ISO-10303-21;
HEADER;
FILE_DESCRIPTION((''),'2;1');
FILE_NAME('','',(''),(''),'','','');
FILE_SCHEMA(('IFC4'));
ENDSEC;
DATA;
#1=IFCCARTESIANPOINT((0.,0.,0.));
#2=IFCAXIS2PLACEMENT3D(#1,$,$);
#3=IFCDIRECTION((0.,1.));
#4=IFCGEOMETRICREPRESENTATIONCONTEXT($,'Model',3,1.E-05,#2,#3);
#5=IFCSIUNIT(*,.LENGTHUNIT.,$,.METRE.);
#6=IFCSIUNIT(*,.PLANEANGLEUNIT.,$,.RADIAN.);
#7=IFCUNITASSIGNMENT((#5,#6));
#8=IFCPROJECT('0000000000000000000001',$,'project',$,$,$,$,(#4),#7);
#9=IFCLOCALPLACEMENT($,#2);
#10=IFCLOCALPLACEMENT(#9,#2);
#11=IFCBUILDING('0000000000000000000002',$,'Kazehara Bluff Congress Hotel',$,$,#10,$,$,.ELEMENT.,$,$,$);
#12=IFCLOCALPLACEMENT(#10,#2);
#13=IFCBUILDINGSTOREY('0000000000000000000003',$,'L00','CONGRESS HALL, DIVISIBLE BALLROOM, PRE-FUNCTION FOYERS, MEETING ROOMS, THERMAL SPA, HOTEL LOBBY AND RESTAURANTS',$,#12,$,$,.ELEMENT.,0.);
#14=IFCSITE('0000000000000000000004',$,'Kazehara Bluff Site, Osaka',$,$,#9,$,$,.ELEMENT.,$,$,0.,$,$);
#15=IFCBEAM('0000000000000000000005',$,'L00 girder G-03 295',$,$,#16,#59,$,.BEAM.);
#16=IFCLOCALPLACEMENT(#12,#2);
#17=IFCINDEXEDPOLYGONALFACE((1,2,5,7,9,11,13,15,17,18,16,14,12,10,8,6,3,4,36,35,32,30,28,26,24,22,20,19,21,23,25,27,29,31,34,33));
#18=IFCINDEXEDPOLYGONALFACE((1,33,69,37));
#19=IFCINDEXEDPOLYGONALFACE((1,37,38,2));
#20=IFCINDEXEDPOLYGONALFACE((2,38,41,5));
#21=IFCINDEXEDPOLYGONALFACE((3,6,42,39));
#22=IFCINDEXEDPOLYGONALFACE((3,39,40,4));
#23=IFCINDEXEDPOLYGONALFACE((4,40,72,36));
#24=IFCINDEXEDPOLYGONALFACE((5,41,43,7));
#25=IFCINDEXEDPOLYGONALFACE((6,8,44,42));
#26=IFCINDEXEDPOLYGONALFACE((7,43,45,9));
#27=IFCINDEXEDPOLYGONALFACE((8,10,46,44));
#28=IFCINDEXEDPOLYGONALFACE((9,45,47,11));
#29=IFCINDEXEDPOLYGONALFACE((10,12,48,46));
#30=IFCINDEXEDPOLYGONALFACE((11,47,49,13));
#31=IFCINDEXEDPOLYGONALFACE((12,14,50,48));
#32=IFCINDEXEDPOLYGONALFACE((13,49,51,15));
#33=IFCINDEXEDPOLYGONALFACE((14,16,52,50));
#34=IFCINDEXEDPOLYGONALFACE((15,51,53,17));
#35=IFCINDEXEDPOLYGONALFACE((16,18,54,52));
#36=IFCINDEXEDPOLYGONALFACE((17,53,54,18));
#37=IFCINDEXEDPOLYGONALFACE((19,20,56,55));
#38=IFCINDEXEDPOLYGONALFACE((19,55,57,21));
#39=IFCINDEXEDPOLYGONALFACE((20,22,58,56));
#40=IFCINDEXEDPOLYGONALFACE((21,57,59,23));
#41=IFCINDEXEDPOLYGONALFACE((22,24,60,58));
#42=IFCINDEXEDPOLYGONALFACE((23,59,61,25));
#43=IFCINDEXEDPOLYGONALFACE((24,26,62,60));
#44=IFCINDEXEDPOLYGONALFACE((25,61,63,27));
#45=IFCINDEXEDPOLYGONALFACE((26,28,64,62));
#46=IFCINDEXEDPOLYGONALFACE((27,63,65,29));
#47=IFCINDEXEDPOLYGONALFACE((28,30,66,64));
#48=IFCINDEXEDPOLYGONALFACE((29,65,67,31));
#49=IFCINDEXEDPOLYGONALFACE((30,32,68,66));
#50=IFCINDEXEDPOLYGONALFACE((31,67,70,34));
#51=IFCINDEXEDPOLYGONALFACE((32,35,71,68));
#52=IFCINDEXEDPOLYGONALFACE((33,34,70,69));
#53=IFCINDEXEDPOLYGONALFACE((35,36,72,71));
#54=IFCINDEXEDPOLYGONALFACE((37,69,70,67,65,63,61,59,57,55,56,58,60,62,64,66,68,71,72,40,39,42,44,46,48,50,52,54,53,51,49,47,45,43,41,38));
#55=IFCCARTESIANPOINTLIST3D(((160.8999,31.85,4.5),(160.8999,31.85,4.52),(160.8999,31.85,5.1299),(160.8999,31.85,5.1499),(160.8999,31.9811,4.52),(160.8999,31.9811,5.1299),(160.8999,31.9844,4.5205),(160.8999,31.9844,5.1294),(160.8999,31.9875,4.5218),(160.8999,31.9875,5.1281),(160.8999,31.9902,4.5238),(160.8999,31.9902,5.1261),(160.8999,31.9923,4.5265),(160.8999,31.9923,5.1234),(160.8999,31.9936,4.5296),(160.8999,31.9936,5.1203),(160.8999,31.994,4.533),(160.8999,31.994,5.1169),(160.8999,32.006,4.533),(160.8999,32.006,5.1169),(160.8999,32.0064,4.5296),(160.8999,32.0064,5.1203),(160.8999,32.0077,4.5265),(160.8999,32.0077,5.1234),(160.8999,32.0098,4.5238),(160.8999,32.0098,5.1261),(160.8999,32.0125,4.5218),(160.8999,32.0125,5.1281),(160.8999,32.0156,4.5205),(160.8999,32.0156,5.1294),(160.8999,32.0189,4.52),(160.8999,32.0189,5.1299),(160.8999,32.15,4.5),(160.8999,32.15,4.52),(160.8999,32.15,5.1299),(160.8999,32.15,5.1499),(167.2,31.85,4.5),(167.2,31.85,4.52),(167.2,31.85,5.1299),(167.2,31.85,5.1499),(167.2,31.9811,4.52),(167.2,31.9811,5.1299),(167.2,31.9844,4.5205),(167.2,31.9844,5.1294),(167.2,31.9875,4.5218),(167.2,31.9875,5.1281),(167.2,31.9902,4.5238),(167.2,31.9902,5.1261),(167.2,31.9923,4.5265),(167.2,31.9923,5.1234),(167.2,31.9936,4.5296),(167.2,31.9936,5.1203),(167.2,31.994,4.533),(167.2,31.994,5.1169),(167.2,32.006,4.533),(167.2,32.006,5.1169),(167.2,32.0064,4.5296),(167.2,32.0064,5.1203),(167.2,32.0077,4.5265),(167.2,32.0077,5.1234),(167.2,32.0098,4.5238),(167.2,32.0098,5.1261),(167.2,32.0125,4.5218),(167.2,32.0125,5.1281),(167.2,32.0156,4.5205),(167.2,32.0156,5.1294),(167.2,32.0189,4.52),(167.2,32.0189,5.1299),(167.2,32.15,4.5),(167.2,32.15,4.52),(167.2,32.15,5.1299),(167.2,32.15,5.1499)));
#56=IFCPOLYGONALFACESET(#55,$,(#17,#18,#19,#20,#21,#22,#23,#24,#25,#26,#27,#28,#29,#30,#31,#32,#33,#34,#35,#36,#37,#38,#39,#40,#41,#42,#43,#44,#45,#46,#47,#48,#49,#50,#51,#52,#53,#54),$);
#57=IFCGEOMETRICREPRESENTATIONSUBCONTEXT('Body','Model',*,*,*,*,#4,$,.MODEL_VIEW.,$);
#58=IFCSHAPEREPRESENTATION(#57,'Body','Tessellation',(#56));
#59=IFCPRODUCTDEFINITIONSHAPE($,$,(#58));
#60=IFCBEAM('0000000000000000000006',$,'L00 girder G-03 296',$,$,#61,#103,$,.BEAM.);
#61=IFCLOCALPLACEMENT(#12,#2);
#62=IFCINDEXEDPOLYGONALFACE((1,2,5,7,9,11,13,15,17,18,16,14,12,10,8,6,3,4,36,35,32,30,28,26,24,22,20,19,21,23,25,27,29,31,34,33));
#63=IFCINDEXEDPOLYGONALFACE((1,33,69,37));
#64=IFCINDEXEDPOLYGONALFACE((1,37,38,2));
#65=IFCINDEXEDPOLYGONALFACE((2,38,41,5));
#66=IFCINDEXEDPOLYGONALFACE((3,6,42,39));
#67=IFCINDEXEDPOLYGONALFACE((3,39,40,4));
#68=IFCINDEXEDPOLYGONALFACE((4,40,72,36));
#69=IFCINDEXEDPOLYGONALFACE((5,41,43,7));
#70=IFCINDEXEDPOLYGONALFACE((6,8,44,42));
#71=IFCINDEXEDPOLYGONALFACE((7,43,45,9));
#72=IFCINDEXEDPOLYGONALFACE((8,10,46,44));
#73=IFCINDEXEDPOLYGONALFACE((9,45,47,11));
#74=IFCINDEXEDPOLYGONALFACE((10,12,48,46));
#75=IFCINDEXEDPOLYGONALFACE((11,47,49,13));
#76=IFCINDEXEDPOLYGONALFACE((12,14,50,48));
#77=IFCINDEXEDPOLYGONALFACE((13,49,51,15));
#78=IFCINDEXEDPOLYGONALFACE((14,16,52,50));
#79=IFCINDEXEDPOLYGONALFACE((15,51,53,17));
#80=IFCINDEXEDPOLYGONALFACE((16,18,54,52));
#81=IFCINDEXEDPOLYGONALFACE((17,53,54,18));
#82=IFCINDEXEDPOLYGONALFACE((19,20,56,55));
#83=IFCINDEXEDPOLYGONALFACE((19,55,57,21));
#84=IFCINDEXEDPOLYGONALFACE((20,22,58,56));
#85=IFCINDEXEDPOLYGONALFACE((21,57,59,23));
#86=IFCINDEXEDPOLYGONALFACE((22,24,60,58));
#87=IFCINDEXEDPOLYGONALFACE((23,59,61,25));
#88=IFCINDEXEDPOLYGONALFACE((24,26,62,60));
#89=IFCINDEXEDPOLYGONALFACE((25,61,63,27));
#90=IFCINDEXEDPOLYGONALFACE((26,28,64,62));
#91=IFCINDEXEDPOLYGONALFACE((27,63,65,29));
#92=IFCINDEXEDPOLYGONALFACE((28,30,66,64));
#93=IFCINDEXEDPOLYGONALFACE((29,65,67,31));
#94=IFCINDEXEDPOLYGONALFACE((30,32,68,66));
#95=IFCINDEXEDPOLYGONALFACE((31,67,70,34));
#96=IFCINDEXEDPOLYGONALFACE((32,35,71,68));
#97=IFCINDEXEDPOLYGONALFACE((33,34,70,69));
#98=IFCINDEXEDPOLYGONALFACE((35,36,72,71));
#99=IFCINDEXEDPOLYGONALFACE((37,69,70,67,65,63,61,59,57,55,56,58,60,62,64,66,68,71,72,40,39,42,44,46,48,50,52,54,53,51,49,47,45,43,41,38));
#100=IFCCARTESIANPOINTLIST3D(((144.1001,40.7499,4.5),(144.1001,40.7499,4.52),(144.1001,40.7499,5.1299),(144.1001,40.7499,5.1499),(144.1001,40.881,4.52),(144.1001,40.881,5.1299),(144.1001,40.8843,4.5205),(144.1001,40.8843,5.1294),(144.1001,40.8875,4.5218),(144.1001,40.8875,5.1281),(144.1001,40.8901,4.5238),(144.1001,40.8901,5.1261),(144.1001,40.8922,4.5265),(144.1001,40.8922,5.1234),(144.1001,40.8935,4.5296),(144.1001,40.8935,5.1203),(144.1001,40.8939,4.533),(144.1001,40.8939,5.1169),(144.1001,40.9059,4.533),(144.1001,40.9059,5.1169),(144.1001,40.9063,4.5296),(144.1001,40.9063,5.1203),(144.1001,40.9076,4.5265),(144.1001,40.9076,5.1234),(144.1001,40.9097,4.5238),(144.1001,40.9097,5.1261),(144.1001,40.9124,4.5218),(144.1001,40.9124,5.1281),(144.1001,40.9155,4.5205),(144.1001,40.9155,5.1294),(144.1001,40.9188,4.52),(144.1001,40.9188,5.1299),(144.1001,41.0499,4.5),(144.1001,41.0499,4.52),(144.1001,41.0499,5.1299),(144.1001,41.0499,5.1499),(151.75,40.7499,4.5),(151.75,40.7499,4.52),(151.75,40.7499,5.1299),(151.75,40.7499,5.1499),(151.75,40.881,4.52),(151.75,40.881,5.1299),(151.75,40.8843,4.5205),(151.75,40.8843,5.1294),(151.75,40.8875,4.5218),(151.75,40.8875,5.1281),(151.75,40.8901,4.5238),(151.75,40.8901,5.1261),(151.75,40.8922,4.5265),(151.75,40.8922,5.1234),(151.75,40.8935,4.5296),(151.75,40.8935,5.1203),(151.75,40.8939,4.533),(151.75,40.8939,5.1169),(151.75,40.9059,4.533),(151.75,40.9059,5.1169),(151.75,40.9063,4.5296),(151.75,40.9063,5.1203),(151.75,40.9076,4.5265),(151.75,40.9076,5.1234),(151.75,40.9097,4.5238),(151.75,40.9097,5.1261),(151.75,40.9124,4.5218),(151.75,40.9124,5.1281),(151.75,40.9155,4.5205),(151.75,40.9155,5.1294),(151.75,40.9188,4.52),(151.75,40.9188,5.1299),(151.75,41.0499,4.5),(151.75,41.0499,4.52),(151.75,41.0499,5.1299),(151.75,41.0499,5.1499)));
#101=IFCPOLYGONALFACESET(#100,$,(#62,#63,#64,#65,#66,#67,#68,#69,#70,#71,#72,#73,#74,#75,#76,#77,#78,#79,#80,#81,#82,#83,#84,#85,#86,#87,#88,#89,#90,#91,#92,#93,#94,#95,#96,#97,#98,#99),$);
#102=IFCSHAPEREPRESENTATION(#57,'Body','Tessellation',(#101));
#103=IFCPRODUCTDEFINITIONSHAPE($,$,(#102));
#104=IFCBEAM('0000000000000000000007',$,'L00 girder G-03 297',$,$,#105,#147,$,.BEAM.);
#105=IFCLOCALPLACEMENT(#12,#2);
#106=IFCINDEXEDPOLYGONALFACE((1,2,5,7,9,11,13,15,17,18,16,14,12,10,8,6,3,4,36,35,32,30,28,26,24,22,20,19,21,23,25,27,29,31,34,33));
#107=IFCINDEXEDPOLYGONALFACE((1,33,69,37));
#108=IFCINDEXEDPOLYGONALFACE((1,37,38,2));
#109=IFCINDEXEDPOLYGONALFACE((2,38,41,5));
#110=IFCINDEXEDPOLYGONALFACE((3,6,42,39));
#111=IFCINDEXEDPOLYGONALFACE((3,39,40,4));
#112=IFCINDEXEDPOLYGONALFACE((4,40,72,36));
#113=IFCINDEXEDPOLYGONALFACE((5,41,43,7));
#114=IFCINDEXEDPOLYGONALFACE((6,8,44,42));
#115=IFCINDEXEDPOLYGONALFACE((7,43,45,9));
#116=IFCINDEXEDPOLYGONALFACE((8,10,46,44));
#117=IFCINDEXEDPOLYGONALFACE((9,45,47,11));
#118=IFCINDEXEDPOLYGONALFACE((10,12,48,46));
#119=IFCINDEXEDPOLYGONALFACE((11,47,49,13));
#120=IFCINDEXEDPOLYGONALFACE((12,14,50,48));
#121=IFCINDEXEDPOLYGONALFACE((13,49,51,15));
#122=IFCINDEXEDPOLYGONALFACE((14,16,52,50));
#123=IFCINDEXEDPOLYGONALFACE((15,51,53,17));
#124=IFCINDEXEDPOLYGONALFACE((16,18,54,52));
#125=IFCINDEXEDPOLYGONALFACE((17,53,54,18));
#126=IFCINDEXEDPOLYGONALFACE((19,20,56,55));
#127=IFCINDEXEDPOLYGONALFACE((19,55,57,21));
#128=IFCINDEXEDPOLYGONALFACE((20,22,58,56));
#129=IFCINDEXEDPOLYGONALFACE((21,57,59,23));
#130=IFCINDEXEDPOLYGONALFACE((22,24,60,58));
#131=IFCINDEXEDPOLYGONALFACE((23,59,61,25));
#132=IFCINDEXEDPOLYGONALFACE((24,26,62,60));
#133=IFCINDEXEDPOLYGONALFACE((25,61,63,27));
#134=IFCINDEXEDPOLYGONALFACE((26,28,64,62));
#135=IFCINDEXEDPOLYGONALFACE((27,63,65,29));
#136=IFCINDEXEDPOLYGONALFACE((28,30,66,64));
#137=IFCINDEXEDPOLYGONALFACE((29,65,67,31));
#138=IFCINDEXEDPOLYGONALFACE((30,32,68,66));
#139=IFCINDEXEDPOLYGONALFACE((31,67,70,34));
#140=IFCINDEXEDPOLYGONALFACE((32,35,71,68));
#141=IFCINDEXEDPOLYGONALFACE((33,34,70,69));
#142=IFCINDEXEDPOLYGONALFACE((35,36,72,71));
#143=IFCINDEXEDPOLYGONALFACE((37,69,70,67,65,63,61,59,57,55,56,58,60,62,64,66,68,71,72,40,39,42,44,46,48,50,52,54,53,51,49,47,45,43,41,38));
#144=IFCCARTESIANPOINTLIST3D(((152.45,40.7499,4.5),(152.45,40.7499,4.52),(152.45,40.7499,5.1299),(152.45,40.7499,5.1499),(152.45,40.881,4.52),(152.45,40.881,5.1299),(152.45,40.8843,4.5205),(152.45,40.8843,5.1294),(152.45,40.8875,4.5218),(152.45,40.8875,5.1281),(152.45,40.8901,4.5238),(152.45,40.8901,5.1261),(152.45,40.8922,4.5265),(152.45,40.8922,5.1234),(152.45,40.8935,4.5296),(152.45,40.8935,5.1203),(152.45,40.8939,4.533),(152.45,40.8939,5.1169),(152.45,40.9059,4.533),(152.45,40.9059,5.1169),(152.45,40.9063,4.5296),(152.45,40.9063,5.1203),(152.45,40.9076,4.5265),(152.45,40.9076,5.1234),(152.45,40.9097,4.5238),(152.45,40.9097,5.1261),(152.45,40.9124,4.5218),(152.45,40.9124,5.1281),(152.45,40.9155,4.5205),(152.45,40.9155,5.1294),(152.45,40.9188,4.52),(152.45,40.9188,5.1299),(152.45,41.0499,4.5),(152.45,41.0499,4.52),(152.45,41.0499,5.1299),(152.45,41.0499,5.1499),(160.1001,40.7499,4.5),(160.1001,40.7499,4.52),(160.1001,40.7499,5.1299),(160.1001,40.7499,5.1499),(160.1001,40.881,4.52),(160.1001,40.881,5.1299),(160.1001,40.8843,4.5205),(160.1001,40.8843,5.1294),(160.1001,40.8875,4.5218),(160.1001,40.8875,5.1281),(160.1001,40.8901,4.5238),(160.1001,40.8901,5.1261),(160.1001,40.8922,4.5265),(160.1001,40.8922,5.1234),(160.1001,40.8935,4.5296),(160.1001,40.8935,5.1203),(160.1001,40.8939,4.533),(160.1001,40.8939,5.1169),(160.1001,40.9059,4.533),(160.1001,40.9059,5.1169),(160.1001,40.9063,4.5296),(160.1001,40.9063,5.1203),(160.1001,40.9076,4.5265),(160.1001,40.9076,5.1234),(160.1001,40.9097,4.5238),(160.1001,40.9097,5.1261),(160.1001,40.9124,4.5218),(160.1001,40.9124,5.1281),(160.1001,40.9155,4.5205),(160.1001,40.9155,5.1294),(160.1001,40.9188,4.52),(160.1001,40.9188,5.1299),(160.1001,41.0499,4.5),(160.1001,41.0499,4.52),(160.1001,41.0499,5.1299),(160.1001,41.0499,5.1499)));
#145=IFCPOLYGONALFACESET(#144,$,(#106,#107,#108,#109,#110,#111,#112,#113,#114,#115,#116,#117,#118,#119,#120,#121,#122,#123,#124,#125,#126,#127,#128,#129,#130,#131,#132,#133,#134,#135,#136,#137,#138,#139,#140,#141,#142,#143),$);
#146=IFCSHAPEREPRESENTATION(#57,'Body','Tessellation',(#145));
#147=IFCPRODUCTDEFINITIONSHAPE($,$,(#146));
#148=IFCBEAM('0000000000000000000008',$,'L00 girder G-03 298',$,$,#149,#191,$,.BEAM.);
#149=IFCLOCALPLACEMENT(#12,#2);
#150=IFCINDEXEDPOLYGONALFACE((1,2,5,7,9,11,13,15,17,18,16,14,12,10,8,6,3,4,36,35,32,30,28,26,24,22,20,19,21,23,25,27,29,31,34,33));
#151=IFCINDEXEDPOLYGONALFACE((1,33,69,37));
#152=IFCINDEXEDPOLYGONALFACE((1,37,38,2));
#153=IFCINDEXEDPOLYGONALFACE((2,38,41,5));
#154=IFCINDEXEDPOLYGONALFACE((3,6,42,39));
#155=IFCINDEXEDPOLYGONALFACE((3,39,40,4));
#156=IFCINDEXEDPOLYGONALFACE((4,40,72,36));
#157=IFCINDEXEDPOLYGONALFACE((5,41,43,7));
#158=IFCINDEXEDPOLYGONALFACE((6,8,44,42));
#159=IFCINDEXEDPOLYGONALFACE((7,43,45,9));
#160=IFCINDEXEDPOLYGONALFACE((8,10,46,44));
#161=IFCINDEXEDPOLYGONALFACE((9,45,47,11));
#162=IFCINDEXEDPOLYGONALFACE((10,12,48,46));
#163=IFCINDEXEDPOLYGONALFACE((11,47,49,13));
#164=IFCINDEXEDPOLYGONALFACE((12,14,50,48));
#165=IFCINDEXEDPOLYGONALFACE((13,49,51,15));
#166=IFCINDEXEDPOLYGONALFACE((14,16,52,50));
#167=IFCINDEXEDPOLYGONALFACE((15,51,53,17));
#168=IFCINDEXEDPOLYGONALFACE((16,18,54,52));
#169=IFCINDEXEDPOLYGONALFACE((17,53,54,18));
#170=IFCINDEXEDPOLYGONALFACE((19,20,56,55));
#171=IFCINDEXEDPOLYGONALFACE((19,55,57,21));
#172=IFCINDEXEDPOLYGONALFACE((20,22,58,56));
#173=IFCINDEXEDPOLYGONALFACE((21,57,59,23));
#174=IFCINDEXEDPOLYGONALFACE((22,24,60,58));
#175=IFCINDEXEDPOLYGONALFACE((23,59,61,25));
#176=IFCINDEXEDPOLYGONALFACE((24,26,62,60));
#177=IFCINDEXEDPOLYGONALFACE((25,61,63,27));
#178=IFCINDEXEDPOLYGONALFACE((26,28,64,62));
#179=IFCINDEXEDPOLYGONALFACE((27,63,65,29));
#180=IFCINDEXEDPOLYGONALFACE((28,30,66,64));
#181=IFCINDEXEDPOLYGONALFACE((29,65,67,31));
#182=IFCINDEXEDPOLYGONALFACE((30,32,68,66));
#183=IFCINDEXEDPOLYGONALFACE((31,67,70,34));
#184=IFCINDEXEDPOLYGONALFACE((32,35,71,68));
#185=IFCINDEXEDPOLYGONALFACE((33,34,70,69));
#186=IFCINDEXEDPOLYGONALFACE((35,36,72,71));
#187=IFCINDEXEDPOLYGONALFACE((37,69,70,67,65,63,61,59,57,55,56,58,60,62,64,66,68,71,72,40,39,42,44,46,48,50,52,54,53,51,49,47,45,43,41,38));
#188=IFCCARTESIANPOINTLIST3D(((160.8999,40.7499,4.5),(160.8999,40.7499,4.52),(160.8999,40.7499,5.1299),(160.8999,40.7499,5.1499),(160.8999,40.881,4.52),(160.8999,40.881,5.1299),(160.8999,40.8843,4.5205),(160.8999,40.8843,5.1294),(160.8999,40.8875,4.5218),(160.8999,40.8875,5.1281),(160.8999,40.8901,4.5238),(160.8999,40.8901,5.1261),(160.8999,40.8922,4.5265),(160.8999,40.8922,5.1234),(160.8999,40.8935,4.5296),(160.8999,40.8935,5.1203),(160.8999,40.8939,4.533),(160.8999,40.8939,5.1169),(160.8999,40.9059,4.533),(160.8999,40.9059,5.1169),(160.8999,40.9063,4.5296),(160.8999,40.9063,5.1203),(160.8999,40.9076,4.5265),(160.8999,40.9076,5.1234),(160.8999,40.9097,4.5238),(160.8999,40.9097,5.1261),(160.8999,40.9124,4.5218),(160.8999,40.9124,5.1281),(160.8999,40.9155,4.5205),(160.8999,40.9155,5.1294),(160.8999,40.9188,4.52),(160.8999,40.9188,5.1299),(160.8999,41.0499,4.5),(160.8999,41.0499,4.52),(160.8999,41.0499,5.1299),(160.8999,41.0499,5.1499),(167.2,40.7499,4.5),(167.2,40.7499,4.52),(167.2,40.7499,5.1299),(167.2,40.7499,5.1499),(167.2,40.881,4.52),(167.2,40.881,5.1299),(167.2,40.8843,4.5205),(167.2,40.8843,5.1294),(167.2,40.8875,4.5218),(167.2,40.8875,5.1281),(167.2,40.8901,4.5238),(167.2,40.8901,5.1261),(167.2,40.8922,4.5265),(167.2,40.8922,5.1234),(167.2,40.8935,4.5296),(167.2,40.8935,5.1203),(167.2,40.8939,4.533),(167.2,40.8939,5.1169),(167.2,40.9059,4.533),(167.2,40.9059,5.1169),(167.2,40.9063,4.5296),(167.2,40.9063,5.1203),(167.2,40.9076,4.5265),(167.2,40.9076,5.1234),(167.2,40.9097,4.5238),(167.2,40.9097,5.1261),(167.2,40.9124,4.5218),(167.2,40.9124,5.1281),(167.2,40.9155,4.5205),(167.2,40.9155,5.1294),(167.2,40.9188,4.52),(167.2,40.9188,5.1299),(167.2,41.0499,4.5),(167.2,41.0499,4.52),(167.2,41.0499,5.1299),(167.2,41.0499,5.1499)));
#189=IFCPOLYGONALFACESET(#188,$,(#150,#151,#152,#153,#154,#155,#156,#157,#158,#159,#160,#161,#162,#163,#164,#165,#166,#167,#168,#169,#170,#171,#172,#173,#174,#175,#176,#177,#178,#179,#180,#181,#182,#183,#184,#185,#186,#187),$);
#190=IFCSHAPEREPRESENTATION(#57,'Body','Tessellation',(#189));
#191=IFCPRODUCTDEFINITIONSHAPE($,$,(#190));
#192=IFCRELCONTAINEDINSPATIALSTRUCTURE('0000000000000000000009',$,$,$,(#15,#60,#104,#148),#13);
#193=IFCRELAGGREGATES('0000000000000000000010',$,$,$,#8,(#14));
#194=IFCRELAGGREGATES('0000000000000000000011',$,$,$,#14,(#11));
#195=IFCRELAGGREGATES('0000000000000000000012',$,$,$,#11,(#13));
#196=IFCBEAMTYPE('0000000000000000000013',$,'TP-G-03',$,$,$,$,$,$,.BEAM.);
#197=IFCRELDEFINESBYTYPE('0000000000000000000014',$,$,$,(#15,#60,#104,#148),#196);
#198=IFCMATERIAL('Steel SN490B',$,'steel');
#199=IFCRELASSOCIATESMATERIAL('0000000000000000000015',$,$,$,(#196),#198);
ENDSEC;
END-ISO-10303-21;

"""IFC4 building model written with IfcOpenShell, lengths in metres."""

from ifc_helpers import new_model, si_unit, direction, frame, origin, origin_2d, place, context, subcontext, project, spatial, i_section, extrude, material, material_profile, profile_set, type_object, element, save


model = new_model("IFC4")

# Units and contexts
model_context = context("Model", 3, precision=1e-05, world=origin(), true_north=direction((0.0, 1.0)))
body_context = subcontext(model_context, "Body", "Model", "MODEL_VIEW")
ifc_project = project(units=[si_unit("LENGTHUNIT", "METRE"), si_unit("PLANEANGLEUNIT", "RADIAN")], contexts=[model_context])

# Site, building, storey
site_placement = place(None, origin())
site = spatial("IfcSite", under=ifc_project, at=site_placement, Name="Kazehara Bluff Site, Osaka", CompositionType="ELEMENT", RefElevation=0.0)
building_placement = place(site_placement, origin())
building = spatial("IfcBuilding", under=site, at=building_placement, Name="Kazehara Bluff Congress Hotel", CompositionType="ELEMENT")
storey_placement = place(building_placement, origin())
storey = spatial("IfcBuildingStorey", under=building, at=storey_placement, Name="L00", Description="CONGRESS HALL, DIVISIBLE BALLROOM, PRE-FUNCTION FOYERS, MEETING ROOMS, THERMAL SPA, HOTEL LOBBY AND RESTAURANTS", CompositionType="ELEMENT", Elevation=0.0)

# Beams
ifc_material_1 = material(Name="Steel SN490B", Category="steel")
ifc_material_profile_1 = material_profile(ifc_material_1, i_section(OverallWidth=0.3, OverallDepth=0.6499, WebThickness=0.012, FlangeThickness=0.02, FilletRadius=0.0129, at=origin_2d()))
ifc_profile_set_1 = profile_set([ifc_material_profile_1], Name="Steel SN490B")
beam_type_1 = type_object("IfcBeamType", Name="TP-G-03", PredefinedType="BEAM", material=ifc_profile_set_1)
for number, where, z_axis, x_axis, name in (
    (1, (160.8999, 32.0, 4.825), (1.0, 0.0, 0.0), (0.0, 1.0, 0.0), "L00 girder G-03 295"),
):
    element("IfcBeam", number, at=place(storey_placement, frame(where, z_axis=z_axis, x_axis=x_axis)), inside=storey, type_object=beam_type_1, Name=name, PredefinedType="BEAM", context=body_context, shape_type="SweptSolid", body=[
        extrude(i_section(OverallWidth=0.3, OverallDepth=0.6499, WebThickness=0.012, FlangeThickness=0.02, FilletRadius=0.0129, at=origin_2d()), origin(), (0.0, 0.0, 1.0), 6.3),
    ])
beam_1_placement = place(storey_placement, frame((144.1001, 40.8999, 4.825), z_axis=(1.0, 0.0, 0.0), x_axis=(0.0, 1.0, 0.0)))
element("IfcBeam", 2, at=beam_1_placement, inside=storey, type_object=beam_type_1, Name="L00 girder G-03 296", PredefinedType="BEAM", context=body_context, shape_type="SweptSolid", body=[
    extrude(i_section(OverallWidth=0.3, OverallDepth=0.6499, WebThickness=0.012, FlangeThickness=0.02, FilletRadius=0.0129, at=origin_2d()), origin(), (0.0, 0.0, 1.0), 7.6499),
])
beam_2_placement = place(storey_placement, frame((152.45, 40.8999, 4.825), z_axis=(1.0, 0.0, 0.0), x_axis=(0.0, 1.0, 0.0)))
element("IfcBeam", 3, at=beam_2_placement, inside=storey, type_object=beam_type_1, Name="L00 girder G-03 297", PredefinedType="BEAM", context=body_context, shape_type="SweptSolid", body=[
    extrude(i_section(OverallWidth=0.3, OverallDepth=0.6499, WebThickness=0.012, FlangeThickness=0.02, FilletRadius=0.0129, at=origin_2d()), origin(), (0.0, 0.0, 1.0), 7.6501),
])
beam_3_placement = place(storey_placement, frame((160.8999, 40.8999, 4.825), z_axis=(1.0, 0.0, 0.0), x_axis=(0.0, 1.0, 0.0)))
element("IfcBeam", 4, at=beam_3_placement, inside=storey, type_object=beam_type_1, Name="L00 girder G-03 298", PredefinedType="BEAM", context=body_context, shape_type="SweptSolid", body=[
    extrude(i_section(OverallWidth=0.3, OverallDepth=0.6499, WebThickness=0.012, FlangeThickness=0.02, FilletRadius=0.0129, at=origin_2d()), origin(), (0.0, 0.0, 1.0), 6.3),
])

save(model, "model.ifc")
